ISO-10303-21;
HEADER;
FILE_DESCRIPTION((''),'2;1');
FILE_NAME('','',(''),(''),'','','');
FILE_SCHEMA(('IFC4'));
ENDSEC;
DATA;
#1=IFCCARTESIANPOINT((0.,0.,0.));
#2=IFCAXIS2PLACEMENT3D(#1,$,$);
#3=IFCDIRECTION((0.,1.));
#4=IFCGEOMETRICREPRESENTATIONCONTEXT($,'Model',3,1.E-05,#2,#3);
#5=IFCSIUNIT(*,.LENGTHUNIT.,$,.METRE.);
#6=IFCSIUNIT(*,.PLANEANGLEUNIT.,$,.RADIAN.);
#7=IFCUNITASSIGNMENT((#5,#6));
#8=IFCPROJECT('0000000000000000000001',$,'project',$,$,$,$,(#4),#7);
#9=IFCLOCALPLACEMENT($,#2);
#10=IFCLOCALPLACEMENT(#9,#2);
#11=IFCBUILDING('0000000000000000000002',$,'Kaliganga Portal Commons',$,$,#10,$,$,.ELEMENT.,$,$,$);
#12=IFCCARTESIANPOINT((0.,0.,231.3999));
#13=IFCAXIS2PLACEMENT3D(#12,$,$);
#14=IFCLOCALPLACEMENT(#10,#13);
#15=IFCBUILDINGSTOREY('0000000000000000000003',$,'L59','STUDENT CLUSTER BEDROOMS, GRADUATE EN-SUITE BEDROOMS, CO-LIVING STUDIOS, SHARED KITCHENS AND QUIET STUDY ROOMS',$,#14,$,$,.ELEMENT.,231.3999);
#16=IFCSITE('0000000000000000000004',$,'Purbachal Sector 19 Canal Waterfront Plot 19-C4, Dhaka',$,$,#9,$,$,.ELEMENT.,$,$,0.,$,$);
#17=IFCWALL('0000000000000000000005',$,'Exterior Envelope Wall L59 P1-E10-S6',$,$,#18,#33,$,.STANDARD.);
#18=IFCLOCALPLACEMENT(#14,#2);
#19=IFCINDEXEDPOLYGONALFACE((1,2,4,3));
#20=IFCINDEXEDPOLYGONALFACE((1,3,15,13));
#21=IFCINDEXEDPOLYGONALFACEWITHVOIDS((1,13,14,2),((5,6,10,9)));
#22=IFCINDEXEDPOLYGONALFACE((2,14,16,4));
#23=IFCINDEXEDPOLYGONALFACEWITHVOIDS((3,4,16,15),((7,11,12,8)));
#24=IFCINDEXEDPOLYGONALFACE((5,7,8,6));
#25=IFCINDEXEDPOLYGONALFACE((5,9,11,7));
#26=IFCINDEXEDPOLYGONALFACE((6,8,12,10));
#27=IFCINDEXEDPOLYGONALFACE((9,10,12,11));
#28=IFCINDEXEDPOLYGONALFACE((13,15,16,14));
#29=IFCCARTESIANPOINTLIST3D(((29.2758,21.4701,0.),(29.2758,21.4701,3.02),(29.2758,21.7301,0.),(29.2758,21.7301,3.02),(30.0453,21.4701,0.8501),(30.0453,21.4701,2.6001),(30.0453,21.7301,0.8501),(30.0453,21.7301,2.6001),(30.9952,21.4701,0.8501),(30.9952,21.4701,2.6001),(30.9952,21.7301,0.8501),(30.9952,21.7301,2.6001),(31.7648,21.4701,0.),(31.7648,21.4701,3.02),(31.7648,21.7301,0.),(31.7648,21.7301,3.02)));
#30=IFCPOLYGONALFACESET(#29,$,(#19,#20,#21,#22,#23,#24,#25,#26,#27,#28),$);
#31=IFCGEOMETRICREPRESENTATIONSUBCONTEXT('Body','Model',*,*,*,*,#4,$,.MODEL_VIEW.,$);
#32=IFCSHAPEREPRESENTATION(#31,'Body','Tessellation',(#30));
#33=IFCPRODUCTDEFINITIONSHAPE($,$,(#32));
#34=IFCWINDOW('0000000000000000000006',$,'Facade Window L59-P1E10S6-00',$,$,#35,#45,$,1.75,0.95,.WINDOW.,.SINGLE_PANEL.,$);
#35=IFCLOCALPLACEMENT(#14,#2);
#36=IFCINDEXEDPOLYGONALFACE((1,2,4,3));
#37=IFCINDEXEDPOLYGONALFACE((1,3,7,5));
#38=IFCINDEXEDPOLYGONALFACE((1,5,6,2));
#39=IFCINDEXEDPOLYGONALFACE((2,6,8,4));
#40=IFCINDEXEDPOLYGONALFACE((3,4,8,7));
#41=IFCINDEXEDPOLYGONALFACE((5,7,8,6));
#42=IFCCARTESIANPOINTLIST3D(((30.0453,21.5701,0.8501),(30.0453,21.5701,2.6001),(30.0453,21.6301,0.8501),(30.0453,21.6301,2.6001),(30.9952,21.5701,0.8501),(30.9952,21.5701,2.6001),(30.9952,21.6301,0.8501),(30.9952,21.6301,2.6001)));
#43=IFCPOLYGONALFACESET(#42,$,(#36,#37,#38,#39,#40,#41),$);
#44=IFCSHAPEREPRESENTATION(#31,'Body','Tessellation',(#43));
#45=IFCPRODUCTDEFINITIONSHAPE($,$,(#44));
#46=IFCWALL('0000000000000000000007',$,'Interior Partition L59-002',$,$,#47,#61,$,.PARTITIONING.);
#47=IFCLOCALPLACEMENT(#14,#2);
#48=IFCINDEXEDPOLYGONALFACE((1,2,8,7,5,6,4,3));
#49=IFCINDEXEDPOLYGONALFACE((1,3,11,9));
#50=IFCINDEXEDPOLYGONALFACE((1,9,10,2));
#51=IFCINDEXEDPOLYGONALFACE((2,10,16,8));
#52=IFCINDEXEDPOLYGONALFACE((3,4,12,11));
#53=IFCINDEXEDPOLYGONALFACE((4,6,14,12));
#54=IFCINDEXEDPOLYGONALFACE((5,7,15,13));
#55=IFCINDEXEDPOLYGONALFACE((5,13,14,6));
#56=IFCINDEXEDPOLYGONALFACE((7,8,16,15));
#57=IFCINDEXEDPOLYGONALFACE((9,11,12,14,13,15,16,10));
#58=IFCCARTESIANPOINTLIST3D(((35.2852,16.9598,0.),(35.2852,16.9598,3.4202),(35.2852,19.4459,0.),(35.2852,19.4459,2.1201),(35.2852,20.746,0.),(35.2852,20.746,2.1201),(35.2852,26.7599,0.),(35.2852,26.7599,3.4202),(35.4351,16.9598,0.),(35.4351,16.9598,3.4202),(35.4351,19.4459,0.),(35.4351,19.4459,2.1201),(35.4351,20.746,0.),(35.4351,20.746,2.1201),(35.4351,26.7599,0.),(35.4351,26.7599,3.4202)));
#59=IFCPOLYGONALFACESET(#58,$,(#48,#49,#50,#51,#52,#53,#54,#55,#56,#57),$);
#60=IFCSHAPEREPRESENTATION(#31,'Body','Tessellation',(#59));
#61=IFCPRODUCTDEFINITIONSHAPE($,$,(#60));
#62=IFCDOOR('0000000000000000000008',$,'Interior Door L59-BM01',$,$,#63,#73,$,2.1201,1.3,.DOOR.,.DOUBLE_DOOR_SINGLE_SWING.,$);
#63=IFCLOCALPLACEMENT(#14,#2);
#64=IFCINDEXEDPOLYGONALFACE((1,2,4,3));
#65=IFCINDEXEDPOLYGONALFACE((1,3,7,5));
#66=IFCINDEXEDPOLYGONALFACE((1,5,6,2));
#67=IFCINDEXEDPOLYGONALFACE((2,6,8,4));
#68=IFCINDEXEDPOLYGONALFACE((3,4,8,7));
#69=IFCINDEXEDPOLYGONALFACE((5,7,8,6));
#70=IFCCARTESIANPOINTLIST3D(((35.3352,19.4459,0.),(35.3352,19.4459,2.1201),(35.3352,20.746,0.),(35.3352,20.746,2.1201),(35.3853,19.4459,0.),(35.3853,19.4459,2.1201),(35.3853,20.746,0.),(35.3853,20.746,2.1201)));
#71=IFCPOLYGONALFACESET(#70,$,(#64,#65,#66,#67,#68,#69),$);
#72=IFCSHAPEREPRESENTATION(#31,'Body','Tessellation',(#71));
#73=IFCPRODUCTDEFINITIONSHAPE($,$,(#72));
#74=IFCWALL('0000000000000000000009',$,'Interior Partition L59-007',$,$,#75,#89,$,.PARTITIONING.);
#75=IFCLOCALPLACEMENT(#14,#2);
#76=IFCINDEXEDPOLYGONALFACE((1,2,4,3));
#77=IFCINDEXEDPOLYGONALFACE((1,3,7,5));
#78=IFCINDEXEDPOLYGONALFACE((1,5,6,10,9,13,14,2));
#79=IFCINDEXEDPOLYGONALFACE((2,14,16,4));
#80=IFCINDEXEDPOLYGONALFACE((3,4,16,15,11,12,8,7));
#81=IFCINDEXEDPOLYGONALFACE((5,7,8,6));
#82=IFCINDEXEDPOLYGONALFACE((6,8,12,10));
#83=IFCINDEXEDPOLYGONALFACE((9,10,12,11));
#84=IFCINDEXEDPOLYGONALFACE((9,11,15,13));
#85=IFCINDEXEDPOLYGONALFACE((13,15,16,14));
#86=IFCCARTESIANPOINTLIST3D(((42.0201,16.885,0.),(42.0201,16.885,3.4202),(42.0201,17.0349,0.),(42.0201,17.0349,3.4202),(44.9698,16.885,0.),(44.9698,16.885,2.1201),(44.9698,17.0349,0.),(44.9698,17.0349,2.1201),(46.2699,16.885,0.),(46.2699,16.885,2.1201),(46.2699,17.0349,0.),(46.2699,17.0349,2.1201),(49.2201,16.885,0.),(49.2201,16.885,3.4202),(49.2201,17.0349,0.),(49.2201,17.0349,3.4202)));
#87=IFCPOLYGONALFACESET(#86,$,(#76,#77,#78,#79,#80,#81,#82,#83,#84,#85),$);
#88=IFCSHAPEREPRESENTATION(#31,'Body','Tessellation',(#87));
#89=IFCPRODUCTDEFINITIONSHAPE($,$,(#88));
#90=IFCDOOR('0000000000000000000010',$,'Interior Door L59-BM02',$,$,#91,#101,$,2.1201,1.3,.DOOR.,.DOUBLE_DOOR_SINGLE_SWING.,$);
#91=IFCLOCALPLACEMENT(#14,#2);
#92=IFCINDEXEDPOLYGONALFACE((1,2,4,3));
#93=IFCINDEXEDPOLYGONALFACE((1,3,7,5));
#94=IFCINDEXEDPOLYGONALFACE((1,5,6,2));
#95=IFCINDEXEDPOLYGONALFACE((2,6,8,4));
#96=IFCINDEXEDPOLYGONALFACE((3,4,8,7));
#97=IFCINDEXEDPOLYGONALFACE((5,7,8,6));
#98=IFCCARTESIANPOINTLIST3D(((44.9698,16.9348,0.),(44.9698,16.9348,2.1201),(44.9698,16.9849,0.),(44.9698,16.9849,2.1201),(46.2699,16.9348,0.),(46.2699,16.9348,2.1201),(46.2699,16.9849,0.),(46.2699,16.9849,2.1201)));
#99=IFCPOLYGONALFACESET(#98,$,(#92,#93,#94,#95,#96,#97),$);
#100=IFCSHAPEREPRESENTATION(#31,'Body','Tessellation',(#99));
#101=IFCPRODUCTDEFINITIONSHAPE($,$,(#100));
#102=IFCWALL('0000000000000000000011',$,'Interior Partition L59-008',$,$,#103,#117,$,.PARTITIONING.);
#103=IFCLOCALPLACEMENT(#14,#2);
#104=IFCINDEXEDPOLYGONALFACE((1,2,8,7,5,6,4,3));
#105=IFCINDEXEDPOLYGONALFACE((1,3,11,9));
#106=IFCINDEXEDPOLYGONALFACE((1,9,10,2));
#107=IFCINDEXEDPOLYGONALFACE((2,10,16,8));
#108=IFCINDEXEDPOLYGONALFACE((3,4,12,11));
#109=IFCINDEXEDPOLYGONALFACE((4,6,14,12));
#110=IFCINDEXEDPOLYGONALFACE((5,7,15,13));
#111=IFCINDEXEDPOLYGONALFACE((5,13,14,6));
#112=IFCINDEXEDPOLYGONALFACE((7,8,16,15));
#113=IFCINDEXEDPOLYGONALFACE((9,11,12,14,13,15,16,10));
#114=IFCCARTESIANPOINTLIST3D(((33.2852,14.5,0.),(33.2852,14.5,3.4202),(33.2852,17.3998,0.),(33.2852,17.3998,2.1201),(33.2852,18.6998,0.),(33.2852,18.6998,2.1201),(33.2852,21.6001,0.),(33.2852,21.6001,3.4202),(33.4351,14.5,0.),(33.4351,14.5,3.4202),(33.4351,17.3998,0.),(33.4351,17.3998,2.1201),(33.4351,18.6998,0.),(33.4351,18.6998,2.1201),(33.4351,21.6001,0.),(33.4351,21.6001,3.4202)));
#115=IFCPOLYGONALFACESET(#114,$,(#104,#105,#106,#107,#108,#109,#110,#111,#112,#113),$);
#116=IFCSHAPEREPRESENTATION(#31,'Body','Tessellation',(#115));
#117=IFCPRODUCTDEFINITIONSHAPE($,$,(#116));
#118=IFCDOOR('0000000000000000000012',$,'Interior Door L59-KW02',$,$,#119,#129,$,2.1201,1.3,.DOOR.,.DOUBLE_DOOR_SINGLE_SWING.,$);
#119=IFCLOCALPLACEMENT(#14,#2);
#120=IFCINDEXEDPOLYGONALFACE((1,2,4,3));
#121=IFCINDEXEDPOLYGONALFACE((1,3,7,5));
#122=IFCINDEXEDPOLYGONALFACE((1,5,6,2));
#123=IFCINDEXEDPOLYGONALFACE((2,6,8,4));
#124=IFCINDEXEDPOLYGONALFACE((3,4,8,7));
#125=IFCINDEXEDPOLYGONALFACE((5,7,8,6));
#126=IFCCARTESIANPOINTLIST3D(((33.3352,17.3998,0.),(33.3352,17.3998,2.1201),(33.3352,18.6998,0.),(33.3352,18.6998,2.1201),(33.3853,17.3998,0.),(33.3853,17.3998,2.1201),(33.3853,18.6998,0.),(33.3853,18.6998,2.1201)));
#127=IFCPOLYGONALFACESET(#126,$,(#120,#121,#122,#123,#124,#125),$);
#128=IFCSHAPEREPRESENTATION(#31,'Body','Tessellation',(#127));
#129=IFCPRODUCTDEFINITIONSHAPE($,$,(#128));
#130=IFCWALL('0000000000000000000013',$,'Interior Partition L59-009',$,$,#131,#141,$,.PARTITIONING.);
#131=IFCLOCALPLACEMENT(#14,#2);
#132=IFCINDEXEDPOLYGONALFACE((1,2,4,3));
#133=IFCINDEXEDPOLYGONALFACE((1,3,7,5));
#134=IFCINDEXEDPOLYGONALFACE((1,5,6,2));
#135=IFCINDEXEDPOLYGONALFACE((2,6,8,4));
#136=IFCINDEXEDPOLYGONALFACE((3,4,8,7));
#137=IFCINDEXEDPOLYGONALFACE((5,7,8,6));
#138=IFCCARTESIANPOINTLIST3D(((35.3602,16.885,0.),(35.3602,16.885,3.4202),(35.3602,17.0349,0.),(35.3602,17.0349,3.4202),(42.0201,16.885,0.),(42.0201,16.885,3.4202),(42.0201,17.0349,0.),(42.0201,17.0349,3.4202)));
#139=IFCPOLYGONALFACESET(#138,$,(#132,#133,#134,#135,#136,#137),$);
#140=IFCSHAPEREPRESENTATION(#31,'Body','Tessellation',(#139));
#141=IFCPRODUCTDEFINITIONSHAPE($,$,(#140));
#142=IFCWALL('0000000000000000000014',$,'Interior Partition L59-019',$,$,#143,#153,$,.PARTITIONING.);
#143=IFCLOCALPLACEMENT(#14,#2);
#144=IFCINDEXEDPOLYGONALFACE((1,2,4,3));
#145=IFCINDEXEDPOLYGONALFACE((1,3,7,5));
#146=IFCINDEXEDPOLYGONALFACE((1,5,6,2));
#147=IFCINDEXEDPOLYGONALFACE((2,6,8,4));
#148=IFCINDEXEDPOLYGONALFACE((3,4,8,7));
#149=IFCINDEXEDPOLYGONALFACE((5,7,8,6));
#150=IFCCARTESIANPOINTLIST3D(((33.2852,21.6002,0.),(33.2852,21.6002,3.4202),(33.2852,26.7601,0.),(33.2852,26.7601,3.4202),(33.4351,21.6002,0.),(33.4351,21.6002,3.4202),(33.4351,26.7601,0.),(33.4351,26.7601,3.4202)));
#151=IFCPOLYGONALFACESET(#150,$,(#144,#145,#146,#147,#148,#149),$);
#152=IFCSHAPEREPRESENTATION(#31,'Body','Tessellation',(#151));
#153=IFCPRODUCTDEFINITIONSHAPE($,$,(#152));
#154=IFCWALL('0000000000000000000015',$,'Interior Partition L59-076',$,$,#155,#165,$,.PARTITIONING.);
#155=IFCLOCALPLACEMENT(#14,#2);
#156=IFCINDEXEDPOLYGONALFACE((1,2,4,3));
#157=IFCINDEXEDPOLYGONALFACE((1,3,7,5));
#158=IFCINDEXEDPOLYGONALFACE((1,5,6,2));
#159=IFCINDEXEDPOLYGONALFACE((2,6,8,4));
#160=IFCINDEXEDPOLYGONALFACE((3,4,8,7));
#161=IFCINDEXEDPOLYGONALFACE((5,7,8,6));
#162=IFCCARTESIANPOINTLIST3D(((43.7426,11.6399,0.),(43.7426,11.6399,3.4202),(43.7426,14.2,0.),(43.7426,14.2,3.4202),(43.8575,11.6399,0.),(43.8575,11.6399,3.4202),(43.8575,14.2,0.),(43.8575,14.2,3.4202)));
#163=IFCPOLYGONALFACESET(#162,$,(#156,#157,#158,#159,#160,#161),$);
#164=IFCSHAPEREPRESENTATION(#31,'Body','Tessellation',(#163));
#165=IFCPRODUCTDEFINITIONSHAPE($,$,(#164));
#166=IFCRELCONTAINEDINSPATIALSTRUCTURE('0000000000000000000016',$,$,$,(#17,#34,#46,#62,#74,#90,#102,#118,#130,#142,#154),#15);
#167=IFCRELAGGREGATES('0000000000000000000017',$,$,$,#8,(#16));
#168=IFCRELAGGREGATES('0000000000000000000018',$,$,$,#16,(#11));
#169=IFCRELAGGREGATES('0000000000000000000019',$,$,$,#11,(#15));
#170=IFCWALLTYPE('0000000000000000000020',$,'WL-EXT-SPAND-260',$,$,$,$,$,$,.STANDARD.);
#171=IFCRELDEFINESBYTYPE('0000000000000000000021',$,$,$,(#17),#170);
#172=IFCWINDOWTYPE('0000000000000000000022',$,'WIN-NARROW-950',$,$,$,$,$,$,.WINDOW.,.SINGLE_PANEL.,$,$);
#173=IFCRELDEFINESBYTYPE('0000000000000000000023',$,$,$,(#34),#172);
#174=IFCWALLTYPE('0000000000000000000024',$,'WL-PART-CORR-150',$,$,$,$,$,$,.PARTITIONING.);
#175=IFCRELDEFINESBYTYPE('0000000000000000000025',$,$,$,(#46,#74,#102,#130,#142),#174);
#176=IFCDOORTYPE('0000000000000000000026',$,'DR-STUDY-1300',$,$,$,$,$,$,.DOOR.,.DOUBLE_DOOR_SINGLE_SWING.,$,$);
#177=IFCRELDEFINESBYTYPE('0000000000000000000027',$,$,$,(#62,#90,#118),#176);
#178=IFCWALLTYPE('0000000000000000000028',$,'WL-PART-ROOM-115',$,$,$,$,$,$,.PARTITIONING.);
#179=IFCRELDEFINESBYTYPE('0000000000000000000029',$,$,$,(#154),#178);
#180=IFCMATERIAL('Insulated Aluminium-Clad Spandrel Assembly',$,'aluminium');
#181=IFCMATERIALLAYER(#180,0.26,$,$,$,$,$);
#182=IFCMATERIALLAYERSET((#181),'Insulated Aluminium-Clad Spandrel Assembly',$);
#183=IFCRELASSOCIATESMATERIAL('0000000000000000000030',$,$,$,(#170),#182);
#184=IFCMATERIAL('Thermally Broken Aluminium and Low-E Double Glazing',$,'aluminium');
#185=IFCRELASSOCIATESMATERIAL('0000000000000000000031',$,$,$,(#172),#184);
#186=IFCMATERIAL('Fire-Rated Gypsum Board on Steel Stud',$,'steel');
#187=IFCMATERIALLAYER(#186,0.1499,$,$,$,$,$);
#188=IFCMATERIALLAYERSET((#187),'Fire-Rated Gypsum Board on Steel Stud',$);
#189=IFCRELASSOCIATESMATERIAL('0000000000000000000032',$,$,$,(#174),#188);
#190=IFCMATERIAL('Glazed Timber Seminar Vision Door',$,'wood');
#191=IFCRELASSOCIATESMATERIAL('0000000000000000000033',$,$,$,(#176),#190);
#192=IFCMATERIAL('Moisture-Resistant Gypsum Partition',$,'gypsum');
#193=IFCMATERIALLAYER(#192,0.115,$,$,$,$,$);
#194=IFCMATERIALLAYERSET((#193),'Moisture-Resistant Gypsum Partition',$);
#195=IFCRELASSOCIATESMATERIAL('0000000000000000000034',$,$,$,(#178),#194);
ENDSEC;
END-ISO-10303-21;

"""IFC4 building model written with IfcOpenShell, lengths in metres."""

from ifc_helpers import new_model, si_unit, direction, frame, frame_2d, origin, place, context, subcontext, project, spatial, rectangle, extrude, material, layer, layer_set, type_object, element, fill, save


model = new_model("IFC4")

# Units and contexts
model_context = context("Model", 3, precision=1e-05, world=origin(), true_north=direction((0.0, 1.0)))
body_context = subcontext(model_context, "Body", "Model", "MODEL_VIEW")
ifc_project = project(units=[si_unit("LENGTHUNIT", "METRE"), si_unit("PLANEANGLEUNIT", "RADIAN")], contexts=[model_context])

# Site, building, storey
site_placement = place(None, origin())
site = spatial("IfcSite", under=ifc_project, at=site_placement, Name="Purbachal Sector 19 Canal Waterfront Plot 19-C4, Dhaka", CompositionType="ELEMENT", RefElevation=0.0)
building_placement = place(site_placement, origin())
building = spatial("IfcBuilding", under=site, at=building_placement, Name="Kaliganga Portal Commons", CompositionType="ELEMENT")
storey_placement = place(building_placement, frame((0.0, 0.0, 231.3999)))
storey = spatial("IfcBuildingStorey", under=building, at=storey_placement, Name="L59", Description="STUDENT CLUSTER BEDROOMS, GRADUATE EN-SUITE BEDROOMS, CO-LIVING STUDIOS, SHARED KITCHENS AND QUIET STUDY ROOMS", CompositionType="ELEMENT", Elevation=231.3999)

# Wall, opening, window
ifc_material_1 = material(Name="Insulated Aluminium-Clad Spandrel Assembly", Category="aluminium")
ifc_layer_1 = layer(ifc_material_1, 0.26)
ifc_layer_set_1 = layer_set([ifc_layer_1], Name="Insulated Aluminium-Clad Spandrel Assembly")
wall_type_1 = type_object("IfcWallType", Name="WL-EXT-SPAND-260", PredefinedType="STANDARD", material=ifc_layer_set_1)
wall_1_placement = place(storey_placement, frame((31.7649, 21.6001, 0.0), z_axis=(0.0, 0.0, 1.0), x_axis=(-1.0, 0.0, 0.0)))
wall_1 = element("IfcWall", 1, at=wall_1_placement, inside=storey, type_object=wall_type_1, Name="Exterior Envelope Wall L59 P1-E10-S6", PredefinedType="STANDARD", context=body_context, shape_type="SweptSolid", body=[
    extrude(rectangle(XDim=2.489, YDim=0.26, at=frame_2d((1.2446, 0.0))), origin(), (0.0, 0.0, 1.0), 3.02),
])
opening_1_placement = place(wall_1_placement, frame((0.7695, 0.0, 0.8501)))
opening_1 = element("IfcOpeningElement", 2, at=opening_1_placement, cuts=wall_1, PredefinedType="OPENING", context=body_context, shape_type="SweptSolid", body=[
    extrude(rectangle(XDim=0.95, YDim=1.75, at=frame_2d((0.4751, 0.875))), frame((0.0, 0.1401, 0.0), z_axis=(0.0, -1.0, 0.0), x_axis=(1.0, 0.0, 0.0)), (0.0, 0.0, 1.0), 0.28),
])
ifc_material_2 = material(Name="Thermally Broken Aluminium and Low-E Double Glazing", Category="aluminium")
window_type = type_object("IfcWindowType", Name="WIN-NARROW-950", PartitioningType="SINGLE_PANEL", PredefinedType="WINDOW", material=ifc_material_2)
window_placement = place(opening_1_placement, origin())
window = element("IfcWindow", 3, at=window_placement, inside=storey, type_object=window_type, Name="Facade Window L59-P1E10S6-00", OverallHeight=1.75, OverallWidth=0.95, PartitioningType="SINGLE_PANEL", PredefinedType="WINDOW", context=body_context, shape_type="SweptSolid", body=[
    extrude(rectangle(XDim=0.95, YDim=1.75, at=frame_2d((0.4751, 0.875))), frame((0.0, 0.03, 0.0), z_axis=(0.0, -1.0, 0.0), x_axis=(1.0, 0.0, 0.0)), (0.0, 0.0, 1.0), 0.0601),
])
fill(opening_1, window)

# Walls, openings, doors
ifc_material_3 = material(Name="Fire-Rated Gypsum Board on Steel Stud", Category="steel")
ifc_layer_2 = layer(ifc_material_3, 0.1499)
ifc_layer_set_2 = layer_set([ifc_layer_2], Name="Fire-Rated Gypsum Board on Steel Stud")
wall_type_2 = type_object("IfcWallType", Name="WL-PART-CORR-150", PredefinedType="PARTITIONING", material=ifc_layer_set_2)
wall_2_placement = place(storey_placement, frame((35.3601, 16.96, 0.0), z_axis=(0.0, 0.0, 1.0), x_axis=(0.0, 1.0, 0.0)))
wall_2 = element("IfcWall", 4, at=wall_2_placement, inside=storey, type_object=wall_type_2, Name="Interior Partition L59-002", PredefinedType="PARTITIONING", context=body_context, shape_type="SweptSolid", body=[
    extrude(rectangle(XDim=9.8, YDim=0.1499, at=frame_2d((4.8999, 0.0))), origin(), (0.0, 0.0, 1.0), 3.4202),
])
opening_2_placement = place(wall_2_placement, frame((2.4861, 0.0, 0.0)))
opening_2 = element("IfcOpeningElement", 5, at=opening_2_placement, cuts=wall_2, PredefinedType="OPENING", context=body_context, shape_type="SweptSolid", body=[
    extrude(rectangle(XDim=1.3, YDim=2.1201, at=frame_2d((0.6499, 1.0601))), frame((0.0, 0.085, 0.0), z_axis=(0.0, -1.0, 0.0), x_axis=(1.0, 0.0, 0.0)), (0.0, 0.0, 1.0), 0.1699),
])
ifc_material_4 = material(Name="Glazed Timber Seminar Vision Door", Category="wood")
door_type = type_object("IfcDoorType", Name="DR-STUDY-1300", OperationType="DOUBLE_DOOR_SINGLE_SWING", PredefinedType="DOOR", material=ifc_material_4)
door_1_placement = place(opening_2_placement, origin())
door_1 = element("IfcDoor", 6, at=door_1_placement, inside=storey, type_object=door_type, Name="Interior Door L59-BM01", OperationType="DOUBLE_DOOR_SINGLE_SWING", OverallHeight=2.1201, OverallWidth=1.3, PredefinedType="DOOR", context=body_context, shape_type="SweptSolid", body=[
    extrude(rectangle(XDim=1.3, YDim=2.1201, at=frame_2d((0.6499, 1.0601))), frame((0.0, 0.0249, 0.0), z_axis=(0.0, -1.0, 0.0), x_axis=(1.0, 0.0, 0.0)), (0.0, 0.0, 1.0), 0.05),
])
fill(opening_2, door_1)
wall_3_placement = place(storey_placement, frame((42.02, 16.96, 0.0), z_axis=(0.0, 0.0, 1.0), x_axis=(1.0, 0.0, 0.0)))
wall_3 = element("IfcWall", 7, at=wall_3_placement, inside=storey, type_object=wall_type_2, Name="Interior Partition L59-007", PredefinedType="PARTITIONING", context=body_context, shape_type="SweptSolid", body=[
    extrude(rectangle(XDim=7.2, YDim=0.1499, at=frame_2d((3.6001, 0.0))), origin(), (0.0, 0.0, 1.0), 3.4202),
])
opening_3_placement = place(wall_3_placement, frame((2.95, 0.0, 0.0)))
opening_3 = element("IfcOpeningElement", 8, at=opening_3_placement, cuts=wall_3, PredefinedType="OPENING", context=body_context, shape_type="SweptSolid", body=[
    extrude(rectangle(XDim=1.3, YDim=2.1201, at=frame_2d((0.6499, 1.0601))), frame((0.0, 0.085, 0.0), z_axis=(0.0, -1.0, 0.0), x_axis=(1.0, 0.0, 0.0)), (0.0, 0.0, 1.0), 0.1699),
])
door_2_placement = place(opening_3_placement, origin())
door_2 = element("IfcDoor", 9, at=door_2_placement, inside=storey, type_object=door_type, Name="Interior Door L59-BM02", OperationType="DOUBLE_DOOR_SINGLE_SWING", OverallHeight=2.1201, OverallWidth=1.3, PredefinedType="DOOR", context=body_context, shape_type="SweptSolid", body=[
    extrude(rectangle(XDim=1.3, YDim=2.1201, at=frame_2d((0.6499, 1.0601))), frame((0.0, 0.0249, 0.0), z_axis=(0.0, -1.0, 0.0), x_axis=(1.0, 0.0, 0.0)), (0.0, 0.0, 1.0), 0.05),
])
fill(opening_3, door_2)
wall_4_placement = place(storey_placement, frame((33.3601, 14.5, 0.0), z_axis=(0.0, 0.0, 1.0), x_axis=(0.0, 1.0, 0.0)))
wall_4 = element("IfcWall", 10, at=wall_4_placement, inside=storey, type_object=wall_type_2, Name="Interior Partition L59-008", PredefinedType="PARTITIONING", context=body_context, shape_type="SweptSolid", body=[
    extrude(rectangle(XDim=7.1001, YDim=0.1499, at=frame_2d((3.55, 0.0))), origin(), (0.0, 0.0, 1.0), 3.4202),
])
opening_4_placement = place(wall_4_placement, frame((2.8999, 0.0, 0.0)))
opening_4 = element("IfcOpeningElement", 11, at=opening_4_placement, cuts=wall_4, PredefinedType="OPENING", context=body_context, shape_type="SweptSolid", body=[
    extrude(rectangle(XDim=1.3, YDim=2.1201, at=frame_2d((0.6499, 1.0601))), frame((0.0, 0.085, 0.0), z_axis=(0.0, -1.0, 0.0), x_axis=(1.0, 0.0, 0.0)), (0.0, 0.0, 1.0), 0.1699),
])
door_3_placement = place(opening_4_placement, origin())
door_3 = element("IfcDoor", 12, at=door_3_placement, inside=storey, type_object=door_type, Name="Interior Door L59-KW02", OperationType="DOUBLE_DOOR_SINGLE_SWING", OverallHeight=2.1201, OverallWidth=1.3, PredefinedType="DOOR", context=body_context, shape_type="SweptSolid", body=[
    extrude(rectangle(XDim=1.3, YDim=2.1201, at=frame_2d((0.6499, 1.0601))), frame((0.0, 0.0249, 0.0), z_axis=(0.0, -1.0, 0.0), x_axis=(1.0, 0.0, 0.0)), (0.0, 0.0, 1.0), 0.05),
])
fill(opening_4, door_3)

# Walls
wall_5_placement = place(storey_placement, frame((35.3601, 16.96, 0.0), z_axis=(0.0, 0.0, 1.0), x_axis=(1.0, 0.0, 0.0)))
element("IfcWall", 13, at=wall_5_placement, inside=storey, type_object=wall_type_2, Name="Interior Partition L59-009", PredefinedType="PARTITIONING", context=body_context, shape_type="SweptSolid", body=[
    extrude(rectangle(XDim=6.6599, YDim=0.1499, at=frame_2d((3.3301, 0.0))), origin(), (0.0, 0.0, 1.0), 3.4202),
])
wall_6_placement = place(storey_placement, frame((33.3601, 21.6001, 0.0), z_axis=(0.0, 0.0, 1.0), x_axis=(0.0, 1.0, 0.0)))
element("IfcWall", 14, at=wall_6_placement, inside=storey, type_object=wall_type_2, Name="Interior Partition L59-019", PredefinedType="PARTITIONING", context=body_context, shape_type="SweptSolid", body=[
    extrude(rectangle(XDim=5.1599, YDim=0.1499, at=frame_2d((2.5801, 0.0))), origin(), (0.0, 0.0, 1.0), 3.4202),
])
ifc_material_5 = material(Name="Moisture-Resistant Gypsum Partition", Category="gypsum")
ifc_layer_3 = layer(ifc_material_5, 0.115)
ifc_layer_set_3 = layer_set([ifc_layer_3], Name="Moisture-Resistant Gypsum Partition")
wall_type_3 = type_object("IfcWallType", Name="WL-PART-ROOM-115", PredefinedType="PARTITIONING", material=ifc_layer_set_3)
wall_7_placement = place(storey_placement, frame((43.8, 11.6399, 0.0), z_axis=(0.0, 0.0, 1.0), x_axis=(0.0, 1.0, 0.0)))
element("IfcWall", 15, at=wall_7_placement, inside=storey, type_object=wall_type_3, Name="Interior Partition L59-076", PredefinedType="PARTITIONING", context=body_context, shape_type="SweptSolid", body=[
    extrude(rectangle(XDim=2.5601, YDim=0.115, at=frame_2d((1.28, 0.0))), origin(), (0.0, 0.0, 1.0), 3.4202),
])

save(model, "model.ifc")
